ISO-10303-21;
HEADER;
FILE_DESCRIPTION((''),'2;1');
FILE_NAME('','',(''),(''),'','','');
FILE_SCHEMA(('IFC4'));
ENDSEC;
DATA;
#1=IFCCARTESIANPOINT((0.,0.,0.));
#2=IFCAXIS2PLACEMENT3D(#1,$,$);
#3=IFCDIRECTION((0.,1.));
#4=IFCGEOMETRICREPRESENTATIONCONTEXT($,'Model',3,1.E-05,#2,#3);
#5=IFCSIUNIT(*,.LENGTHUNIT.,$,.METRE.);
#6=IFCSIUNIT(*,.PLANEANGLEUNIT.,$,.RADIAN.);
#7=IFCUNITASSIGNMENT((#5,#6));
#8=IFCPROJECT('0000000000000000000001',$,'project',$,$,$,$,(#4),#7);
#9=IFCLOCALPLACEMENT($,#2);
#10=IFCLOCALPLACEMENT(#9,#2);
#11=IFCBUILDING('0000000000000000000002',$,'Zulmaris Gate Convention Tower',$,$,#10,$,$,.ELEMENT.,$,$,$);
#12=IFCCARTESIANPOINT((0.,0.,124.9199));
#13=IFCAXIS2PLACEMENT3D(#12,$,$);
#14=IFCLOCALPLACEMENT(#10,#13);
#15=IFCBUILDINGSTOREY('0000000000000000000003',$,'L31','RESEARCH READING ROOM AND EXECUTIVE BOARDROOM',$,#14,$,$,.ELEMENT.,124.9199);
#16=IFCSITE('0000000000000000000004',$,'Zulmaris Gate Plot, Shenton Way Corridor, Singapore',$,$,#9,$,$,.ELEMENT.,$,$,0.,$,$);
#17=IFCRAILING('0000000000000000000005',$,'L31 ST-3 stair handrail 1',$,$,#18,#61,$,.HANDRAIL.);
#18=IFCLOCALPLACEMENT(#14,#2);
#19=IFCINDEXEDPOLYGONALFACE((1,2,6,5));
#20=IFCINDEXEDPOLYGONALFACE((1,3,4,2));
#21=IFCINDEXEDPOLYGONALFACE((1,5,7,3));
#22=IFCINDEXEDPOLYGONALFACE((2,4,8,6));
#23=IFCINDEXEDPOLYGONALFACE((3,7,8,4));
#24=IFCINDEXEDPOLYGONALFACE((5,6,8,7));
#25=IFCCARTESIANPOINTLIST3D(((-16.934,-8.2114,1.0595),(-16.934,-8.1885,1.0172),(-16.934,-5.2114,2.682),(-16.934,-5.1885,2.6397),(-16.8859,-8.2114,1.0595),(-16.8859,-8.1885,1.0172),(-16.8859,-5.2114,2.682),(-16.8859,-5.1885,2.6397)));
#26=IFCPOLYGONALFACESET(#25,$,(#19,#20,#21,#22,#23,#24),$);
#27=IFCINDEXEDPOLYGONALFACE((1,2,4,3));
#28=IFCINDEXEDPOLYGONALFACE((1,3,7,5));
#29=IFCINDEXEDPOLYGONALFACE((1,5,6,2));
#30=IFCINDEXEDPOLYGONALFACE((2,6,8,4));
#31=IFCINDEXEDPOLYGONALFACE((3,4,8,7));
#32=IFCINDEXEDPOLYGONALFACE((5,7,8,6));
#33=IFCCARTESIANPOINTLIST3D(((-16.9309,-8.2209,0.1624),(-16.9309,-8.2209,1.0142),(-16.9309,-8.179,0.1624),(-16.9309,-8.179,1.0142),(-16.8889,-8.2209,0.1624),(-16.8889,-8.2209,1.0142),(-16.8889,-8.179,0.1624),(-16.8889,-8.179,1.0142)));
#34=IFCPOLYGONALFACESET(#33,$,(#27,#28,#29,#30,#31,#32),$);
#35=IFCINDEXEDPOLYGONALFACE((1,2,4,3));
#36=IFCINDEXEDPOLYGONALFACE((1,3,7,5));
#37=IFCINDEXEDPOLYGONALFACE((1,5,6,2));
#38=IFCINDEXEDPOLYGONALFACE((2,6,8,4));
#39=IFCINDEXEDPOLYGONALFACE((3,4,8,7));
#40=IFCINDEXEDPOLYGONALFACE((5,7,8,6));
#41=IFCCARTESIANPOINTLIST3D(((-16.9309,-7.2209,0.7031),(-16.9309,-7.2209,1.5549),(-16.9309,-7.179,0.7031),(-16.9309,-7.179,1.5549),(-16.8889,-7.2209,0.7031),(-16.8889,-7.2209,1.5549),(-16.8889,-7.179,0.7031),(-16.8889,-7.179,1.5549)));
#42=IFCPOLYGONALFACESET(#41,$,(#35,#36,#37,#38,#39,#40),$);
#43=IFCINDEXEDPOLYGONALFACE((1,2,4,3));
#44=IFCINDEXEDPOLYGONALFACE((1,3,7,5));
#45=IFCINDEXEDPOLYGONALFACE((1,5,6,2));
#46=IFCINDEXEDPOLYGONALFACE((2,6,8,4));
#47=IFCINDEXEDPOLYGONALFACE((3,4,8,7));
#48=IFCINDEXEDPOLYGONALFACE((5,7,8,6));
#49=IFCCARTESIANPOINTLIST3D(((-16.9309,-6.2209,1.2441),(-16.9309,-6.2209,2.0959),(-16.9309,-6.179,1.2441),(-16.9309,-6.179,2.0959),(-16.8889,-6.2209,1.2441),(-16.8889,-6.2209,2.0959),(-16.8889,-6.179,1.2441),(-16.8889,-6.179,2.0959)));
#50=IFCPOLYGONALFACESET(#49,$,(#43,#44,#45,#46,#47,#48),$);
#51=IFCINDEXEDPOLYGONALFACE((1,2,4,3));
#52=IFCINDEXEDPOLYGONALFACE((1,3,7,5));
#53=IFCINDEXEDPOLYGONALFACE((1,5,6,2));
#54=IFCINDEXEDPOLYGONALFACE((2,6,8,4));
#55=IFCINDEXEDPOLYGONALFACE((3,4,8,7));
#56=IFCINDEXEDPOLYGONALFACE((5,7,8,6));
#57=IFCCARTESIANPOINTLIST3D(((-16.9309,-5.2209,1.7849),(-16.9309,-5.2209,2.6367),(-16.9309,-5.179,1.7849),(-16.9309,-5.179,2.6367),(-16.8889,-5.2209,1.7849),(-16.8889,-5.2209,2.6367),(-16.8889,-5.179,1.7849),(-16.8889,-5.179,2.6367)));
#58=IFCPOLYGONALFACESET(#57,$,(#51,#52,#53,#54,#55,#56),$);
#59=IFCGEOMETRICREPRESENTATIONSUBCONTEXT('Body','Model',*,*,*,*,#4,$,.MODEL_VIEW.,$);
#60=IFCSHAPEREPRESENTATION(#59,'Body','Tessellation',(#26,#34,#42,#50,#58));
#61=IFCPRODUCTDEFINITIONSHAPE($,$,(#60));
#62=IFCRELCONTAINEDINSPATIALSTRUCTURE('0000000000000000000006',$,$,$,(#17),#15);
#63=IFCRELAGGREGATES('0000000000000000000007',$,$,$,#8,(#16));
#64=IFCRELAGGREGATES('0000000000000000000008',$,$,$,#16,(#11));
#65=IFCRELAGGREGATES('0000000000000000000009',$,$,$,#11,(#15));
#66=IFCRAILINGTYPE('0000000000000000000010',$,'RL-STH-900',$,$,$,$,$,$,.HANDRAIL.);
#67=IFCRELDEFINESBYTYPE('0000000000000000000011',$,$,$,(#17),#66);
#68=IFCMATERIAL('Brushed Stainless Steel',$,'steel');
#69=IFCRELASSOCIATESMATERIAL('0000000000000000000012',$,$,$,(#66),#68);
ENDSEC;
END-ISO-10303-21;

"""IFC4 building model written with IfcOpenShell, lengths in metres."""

from ifc_helpers import new_model, si_unit, direction, frame, origin, origin_2d, place, context, subcontext, project, spatial, rectangle, extrude, material, type_object, element, save


model = new_model("IFC4")

# Units and contexts
model_context = context("Model", 3, precision=1e-05, world=origin(), true_north=direction((0.0, 1.0)))
body_context = subcontext(model_context, "Body", "Model", "MODEL_VIEW")
ifc_project = project(units=[si_unit("LENGTHUNIT", "METRE"), si_unit("PLANEANGLEUNIT", "RADIAN")], contexts=[model_context])

# Site, building, storey
site_placement = place(None, origin())
site = spatial("IfcSite", under=ifc_project, at=site_placement, Name="Zulmaris Gate Plot, Shenton Way Corridor, Singapore", CompositionType="ELEMENT", RefElevation=0.0)
building_placement = place(site_placement, origin())
building = spatial("IfcBuilding", under=site, at=building_placement, Name="Zulmaris Gate Convention Tower", CompositionType="ELEMENT")
storey_placement = place(building_placement, frame((0.0, 0.0, 124.9199)))
storey = spatial("IfcBuildingStorey", under=building, at=storey_placement, Name="L31", Description="RESEARCH READING ROOM AND EXECUTIVE BOARDROOM", CompositionType="ELEMENT", Elevation=124.9199)

# Railing
ifc_material_1 = material(Name="Brushed Stainless Steel", Category="steel")
railing_type_1 = type_object("IfcRailingType", Name="RL-STH-900", PredefinedType="HANDRAIL", material=ifc_material_1)
railing_1_placement = place(storey_placement, frame((-16.9099, -8.2, 0.1624)))
element("IfcRailing", 1, at=railing_1_placement, inside=storey, type_object=railing_type_1, Name="L31 ST-3 stair handrail 1", PredefinedType="HANDRAIL", context=body_context, shape_type="SweptSolid", body=[
    extrude(rectangle(XDim=0.0481, YDim=0.0481, at=origin_2d()), frame((0.0, 0.0, 0.876), z_axis=(0.0, 0.879592, 0.47573), x_axis=(-1.0, 0.0, 0.0)), (0.0, 0.0, 1.0), 3.4106),
    extrude(rectangle(XDim=0.042, YDim=0.042, at=origin_2d()), origin(), (0.0, 0.0, 1.0), 0.8518),
    extrude(rectangle(XDim=0.042, YDim=0.042, at=origin_2d()), frame((0.0, 1.0, 0.5408)), (0.0, 0.0, 1.0), 0.8518),
    extrude(rectangle(XDim=0.042, YDim=0.042, at=origin_2d()), frame((0.0, 2.0, 1.0818)), (0.0, 0.0, 1.0), 0.8518),
    extrude(rectangle(XDim=0.042, YDim=0.042, at=origin_2d()), frame((0.0, 3.0, 1.6226)), (0.0, 0.0, 1.0), 0.8518),
])

save(model, "model.ifc")
